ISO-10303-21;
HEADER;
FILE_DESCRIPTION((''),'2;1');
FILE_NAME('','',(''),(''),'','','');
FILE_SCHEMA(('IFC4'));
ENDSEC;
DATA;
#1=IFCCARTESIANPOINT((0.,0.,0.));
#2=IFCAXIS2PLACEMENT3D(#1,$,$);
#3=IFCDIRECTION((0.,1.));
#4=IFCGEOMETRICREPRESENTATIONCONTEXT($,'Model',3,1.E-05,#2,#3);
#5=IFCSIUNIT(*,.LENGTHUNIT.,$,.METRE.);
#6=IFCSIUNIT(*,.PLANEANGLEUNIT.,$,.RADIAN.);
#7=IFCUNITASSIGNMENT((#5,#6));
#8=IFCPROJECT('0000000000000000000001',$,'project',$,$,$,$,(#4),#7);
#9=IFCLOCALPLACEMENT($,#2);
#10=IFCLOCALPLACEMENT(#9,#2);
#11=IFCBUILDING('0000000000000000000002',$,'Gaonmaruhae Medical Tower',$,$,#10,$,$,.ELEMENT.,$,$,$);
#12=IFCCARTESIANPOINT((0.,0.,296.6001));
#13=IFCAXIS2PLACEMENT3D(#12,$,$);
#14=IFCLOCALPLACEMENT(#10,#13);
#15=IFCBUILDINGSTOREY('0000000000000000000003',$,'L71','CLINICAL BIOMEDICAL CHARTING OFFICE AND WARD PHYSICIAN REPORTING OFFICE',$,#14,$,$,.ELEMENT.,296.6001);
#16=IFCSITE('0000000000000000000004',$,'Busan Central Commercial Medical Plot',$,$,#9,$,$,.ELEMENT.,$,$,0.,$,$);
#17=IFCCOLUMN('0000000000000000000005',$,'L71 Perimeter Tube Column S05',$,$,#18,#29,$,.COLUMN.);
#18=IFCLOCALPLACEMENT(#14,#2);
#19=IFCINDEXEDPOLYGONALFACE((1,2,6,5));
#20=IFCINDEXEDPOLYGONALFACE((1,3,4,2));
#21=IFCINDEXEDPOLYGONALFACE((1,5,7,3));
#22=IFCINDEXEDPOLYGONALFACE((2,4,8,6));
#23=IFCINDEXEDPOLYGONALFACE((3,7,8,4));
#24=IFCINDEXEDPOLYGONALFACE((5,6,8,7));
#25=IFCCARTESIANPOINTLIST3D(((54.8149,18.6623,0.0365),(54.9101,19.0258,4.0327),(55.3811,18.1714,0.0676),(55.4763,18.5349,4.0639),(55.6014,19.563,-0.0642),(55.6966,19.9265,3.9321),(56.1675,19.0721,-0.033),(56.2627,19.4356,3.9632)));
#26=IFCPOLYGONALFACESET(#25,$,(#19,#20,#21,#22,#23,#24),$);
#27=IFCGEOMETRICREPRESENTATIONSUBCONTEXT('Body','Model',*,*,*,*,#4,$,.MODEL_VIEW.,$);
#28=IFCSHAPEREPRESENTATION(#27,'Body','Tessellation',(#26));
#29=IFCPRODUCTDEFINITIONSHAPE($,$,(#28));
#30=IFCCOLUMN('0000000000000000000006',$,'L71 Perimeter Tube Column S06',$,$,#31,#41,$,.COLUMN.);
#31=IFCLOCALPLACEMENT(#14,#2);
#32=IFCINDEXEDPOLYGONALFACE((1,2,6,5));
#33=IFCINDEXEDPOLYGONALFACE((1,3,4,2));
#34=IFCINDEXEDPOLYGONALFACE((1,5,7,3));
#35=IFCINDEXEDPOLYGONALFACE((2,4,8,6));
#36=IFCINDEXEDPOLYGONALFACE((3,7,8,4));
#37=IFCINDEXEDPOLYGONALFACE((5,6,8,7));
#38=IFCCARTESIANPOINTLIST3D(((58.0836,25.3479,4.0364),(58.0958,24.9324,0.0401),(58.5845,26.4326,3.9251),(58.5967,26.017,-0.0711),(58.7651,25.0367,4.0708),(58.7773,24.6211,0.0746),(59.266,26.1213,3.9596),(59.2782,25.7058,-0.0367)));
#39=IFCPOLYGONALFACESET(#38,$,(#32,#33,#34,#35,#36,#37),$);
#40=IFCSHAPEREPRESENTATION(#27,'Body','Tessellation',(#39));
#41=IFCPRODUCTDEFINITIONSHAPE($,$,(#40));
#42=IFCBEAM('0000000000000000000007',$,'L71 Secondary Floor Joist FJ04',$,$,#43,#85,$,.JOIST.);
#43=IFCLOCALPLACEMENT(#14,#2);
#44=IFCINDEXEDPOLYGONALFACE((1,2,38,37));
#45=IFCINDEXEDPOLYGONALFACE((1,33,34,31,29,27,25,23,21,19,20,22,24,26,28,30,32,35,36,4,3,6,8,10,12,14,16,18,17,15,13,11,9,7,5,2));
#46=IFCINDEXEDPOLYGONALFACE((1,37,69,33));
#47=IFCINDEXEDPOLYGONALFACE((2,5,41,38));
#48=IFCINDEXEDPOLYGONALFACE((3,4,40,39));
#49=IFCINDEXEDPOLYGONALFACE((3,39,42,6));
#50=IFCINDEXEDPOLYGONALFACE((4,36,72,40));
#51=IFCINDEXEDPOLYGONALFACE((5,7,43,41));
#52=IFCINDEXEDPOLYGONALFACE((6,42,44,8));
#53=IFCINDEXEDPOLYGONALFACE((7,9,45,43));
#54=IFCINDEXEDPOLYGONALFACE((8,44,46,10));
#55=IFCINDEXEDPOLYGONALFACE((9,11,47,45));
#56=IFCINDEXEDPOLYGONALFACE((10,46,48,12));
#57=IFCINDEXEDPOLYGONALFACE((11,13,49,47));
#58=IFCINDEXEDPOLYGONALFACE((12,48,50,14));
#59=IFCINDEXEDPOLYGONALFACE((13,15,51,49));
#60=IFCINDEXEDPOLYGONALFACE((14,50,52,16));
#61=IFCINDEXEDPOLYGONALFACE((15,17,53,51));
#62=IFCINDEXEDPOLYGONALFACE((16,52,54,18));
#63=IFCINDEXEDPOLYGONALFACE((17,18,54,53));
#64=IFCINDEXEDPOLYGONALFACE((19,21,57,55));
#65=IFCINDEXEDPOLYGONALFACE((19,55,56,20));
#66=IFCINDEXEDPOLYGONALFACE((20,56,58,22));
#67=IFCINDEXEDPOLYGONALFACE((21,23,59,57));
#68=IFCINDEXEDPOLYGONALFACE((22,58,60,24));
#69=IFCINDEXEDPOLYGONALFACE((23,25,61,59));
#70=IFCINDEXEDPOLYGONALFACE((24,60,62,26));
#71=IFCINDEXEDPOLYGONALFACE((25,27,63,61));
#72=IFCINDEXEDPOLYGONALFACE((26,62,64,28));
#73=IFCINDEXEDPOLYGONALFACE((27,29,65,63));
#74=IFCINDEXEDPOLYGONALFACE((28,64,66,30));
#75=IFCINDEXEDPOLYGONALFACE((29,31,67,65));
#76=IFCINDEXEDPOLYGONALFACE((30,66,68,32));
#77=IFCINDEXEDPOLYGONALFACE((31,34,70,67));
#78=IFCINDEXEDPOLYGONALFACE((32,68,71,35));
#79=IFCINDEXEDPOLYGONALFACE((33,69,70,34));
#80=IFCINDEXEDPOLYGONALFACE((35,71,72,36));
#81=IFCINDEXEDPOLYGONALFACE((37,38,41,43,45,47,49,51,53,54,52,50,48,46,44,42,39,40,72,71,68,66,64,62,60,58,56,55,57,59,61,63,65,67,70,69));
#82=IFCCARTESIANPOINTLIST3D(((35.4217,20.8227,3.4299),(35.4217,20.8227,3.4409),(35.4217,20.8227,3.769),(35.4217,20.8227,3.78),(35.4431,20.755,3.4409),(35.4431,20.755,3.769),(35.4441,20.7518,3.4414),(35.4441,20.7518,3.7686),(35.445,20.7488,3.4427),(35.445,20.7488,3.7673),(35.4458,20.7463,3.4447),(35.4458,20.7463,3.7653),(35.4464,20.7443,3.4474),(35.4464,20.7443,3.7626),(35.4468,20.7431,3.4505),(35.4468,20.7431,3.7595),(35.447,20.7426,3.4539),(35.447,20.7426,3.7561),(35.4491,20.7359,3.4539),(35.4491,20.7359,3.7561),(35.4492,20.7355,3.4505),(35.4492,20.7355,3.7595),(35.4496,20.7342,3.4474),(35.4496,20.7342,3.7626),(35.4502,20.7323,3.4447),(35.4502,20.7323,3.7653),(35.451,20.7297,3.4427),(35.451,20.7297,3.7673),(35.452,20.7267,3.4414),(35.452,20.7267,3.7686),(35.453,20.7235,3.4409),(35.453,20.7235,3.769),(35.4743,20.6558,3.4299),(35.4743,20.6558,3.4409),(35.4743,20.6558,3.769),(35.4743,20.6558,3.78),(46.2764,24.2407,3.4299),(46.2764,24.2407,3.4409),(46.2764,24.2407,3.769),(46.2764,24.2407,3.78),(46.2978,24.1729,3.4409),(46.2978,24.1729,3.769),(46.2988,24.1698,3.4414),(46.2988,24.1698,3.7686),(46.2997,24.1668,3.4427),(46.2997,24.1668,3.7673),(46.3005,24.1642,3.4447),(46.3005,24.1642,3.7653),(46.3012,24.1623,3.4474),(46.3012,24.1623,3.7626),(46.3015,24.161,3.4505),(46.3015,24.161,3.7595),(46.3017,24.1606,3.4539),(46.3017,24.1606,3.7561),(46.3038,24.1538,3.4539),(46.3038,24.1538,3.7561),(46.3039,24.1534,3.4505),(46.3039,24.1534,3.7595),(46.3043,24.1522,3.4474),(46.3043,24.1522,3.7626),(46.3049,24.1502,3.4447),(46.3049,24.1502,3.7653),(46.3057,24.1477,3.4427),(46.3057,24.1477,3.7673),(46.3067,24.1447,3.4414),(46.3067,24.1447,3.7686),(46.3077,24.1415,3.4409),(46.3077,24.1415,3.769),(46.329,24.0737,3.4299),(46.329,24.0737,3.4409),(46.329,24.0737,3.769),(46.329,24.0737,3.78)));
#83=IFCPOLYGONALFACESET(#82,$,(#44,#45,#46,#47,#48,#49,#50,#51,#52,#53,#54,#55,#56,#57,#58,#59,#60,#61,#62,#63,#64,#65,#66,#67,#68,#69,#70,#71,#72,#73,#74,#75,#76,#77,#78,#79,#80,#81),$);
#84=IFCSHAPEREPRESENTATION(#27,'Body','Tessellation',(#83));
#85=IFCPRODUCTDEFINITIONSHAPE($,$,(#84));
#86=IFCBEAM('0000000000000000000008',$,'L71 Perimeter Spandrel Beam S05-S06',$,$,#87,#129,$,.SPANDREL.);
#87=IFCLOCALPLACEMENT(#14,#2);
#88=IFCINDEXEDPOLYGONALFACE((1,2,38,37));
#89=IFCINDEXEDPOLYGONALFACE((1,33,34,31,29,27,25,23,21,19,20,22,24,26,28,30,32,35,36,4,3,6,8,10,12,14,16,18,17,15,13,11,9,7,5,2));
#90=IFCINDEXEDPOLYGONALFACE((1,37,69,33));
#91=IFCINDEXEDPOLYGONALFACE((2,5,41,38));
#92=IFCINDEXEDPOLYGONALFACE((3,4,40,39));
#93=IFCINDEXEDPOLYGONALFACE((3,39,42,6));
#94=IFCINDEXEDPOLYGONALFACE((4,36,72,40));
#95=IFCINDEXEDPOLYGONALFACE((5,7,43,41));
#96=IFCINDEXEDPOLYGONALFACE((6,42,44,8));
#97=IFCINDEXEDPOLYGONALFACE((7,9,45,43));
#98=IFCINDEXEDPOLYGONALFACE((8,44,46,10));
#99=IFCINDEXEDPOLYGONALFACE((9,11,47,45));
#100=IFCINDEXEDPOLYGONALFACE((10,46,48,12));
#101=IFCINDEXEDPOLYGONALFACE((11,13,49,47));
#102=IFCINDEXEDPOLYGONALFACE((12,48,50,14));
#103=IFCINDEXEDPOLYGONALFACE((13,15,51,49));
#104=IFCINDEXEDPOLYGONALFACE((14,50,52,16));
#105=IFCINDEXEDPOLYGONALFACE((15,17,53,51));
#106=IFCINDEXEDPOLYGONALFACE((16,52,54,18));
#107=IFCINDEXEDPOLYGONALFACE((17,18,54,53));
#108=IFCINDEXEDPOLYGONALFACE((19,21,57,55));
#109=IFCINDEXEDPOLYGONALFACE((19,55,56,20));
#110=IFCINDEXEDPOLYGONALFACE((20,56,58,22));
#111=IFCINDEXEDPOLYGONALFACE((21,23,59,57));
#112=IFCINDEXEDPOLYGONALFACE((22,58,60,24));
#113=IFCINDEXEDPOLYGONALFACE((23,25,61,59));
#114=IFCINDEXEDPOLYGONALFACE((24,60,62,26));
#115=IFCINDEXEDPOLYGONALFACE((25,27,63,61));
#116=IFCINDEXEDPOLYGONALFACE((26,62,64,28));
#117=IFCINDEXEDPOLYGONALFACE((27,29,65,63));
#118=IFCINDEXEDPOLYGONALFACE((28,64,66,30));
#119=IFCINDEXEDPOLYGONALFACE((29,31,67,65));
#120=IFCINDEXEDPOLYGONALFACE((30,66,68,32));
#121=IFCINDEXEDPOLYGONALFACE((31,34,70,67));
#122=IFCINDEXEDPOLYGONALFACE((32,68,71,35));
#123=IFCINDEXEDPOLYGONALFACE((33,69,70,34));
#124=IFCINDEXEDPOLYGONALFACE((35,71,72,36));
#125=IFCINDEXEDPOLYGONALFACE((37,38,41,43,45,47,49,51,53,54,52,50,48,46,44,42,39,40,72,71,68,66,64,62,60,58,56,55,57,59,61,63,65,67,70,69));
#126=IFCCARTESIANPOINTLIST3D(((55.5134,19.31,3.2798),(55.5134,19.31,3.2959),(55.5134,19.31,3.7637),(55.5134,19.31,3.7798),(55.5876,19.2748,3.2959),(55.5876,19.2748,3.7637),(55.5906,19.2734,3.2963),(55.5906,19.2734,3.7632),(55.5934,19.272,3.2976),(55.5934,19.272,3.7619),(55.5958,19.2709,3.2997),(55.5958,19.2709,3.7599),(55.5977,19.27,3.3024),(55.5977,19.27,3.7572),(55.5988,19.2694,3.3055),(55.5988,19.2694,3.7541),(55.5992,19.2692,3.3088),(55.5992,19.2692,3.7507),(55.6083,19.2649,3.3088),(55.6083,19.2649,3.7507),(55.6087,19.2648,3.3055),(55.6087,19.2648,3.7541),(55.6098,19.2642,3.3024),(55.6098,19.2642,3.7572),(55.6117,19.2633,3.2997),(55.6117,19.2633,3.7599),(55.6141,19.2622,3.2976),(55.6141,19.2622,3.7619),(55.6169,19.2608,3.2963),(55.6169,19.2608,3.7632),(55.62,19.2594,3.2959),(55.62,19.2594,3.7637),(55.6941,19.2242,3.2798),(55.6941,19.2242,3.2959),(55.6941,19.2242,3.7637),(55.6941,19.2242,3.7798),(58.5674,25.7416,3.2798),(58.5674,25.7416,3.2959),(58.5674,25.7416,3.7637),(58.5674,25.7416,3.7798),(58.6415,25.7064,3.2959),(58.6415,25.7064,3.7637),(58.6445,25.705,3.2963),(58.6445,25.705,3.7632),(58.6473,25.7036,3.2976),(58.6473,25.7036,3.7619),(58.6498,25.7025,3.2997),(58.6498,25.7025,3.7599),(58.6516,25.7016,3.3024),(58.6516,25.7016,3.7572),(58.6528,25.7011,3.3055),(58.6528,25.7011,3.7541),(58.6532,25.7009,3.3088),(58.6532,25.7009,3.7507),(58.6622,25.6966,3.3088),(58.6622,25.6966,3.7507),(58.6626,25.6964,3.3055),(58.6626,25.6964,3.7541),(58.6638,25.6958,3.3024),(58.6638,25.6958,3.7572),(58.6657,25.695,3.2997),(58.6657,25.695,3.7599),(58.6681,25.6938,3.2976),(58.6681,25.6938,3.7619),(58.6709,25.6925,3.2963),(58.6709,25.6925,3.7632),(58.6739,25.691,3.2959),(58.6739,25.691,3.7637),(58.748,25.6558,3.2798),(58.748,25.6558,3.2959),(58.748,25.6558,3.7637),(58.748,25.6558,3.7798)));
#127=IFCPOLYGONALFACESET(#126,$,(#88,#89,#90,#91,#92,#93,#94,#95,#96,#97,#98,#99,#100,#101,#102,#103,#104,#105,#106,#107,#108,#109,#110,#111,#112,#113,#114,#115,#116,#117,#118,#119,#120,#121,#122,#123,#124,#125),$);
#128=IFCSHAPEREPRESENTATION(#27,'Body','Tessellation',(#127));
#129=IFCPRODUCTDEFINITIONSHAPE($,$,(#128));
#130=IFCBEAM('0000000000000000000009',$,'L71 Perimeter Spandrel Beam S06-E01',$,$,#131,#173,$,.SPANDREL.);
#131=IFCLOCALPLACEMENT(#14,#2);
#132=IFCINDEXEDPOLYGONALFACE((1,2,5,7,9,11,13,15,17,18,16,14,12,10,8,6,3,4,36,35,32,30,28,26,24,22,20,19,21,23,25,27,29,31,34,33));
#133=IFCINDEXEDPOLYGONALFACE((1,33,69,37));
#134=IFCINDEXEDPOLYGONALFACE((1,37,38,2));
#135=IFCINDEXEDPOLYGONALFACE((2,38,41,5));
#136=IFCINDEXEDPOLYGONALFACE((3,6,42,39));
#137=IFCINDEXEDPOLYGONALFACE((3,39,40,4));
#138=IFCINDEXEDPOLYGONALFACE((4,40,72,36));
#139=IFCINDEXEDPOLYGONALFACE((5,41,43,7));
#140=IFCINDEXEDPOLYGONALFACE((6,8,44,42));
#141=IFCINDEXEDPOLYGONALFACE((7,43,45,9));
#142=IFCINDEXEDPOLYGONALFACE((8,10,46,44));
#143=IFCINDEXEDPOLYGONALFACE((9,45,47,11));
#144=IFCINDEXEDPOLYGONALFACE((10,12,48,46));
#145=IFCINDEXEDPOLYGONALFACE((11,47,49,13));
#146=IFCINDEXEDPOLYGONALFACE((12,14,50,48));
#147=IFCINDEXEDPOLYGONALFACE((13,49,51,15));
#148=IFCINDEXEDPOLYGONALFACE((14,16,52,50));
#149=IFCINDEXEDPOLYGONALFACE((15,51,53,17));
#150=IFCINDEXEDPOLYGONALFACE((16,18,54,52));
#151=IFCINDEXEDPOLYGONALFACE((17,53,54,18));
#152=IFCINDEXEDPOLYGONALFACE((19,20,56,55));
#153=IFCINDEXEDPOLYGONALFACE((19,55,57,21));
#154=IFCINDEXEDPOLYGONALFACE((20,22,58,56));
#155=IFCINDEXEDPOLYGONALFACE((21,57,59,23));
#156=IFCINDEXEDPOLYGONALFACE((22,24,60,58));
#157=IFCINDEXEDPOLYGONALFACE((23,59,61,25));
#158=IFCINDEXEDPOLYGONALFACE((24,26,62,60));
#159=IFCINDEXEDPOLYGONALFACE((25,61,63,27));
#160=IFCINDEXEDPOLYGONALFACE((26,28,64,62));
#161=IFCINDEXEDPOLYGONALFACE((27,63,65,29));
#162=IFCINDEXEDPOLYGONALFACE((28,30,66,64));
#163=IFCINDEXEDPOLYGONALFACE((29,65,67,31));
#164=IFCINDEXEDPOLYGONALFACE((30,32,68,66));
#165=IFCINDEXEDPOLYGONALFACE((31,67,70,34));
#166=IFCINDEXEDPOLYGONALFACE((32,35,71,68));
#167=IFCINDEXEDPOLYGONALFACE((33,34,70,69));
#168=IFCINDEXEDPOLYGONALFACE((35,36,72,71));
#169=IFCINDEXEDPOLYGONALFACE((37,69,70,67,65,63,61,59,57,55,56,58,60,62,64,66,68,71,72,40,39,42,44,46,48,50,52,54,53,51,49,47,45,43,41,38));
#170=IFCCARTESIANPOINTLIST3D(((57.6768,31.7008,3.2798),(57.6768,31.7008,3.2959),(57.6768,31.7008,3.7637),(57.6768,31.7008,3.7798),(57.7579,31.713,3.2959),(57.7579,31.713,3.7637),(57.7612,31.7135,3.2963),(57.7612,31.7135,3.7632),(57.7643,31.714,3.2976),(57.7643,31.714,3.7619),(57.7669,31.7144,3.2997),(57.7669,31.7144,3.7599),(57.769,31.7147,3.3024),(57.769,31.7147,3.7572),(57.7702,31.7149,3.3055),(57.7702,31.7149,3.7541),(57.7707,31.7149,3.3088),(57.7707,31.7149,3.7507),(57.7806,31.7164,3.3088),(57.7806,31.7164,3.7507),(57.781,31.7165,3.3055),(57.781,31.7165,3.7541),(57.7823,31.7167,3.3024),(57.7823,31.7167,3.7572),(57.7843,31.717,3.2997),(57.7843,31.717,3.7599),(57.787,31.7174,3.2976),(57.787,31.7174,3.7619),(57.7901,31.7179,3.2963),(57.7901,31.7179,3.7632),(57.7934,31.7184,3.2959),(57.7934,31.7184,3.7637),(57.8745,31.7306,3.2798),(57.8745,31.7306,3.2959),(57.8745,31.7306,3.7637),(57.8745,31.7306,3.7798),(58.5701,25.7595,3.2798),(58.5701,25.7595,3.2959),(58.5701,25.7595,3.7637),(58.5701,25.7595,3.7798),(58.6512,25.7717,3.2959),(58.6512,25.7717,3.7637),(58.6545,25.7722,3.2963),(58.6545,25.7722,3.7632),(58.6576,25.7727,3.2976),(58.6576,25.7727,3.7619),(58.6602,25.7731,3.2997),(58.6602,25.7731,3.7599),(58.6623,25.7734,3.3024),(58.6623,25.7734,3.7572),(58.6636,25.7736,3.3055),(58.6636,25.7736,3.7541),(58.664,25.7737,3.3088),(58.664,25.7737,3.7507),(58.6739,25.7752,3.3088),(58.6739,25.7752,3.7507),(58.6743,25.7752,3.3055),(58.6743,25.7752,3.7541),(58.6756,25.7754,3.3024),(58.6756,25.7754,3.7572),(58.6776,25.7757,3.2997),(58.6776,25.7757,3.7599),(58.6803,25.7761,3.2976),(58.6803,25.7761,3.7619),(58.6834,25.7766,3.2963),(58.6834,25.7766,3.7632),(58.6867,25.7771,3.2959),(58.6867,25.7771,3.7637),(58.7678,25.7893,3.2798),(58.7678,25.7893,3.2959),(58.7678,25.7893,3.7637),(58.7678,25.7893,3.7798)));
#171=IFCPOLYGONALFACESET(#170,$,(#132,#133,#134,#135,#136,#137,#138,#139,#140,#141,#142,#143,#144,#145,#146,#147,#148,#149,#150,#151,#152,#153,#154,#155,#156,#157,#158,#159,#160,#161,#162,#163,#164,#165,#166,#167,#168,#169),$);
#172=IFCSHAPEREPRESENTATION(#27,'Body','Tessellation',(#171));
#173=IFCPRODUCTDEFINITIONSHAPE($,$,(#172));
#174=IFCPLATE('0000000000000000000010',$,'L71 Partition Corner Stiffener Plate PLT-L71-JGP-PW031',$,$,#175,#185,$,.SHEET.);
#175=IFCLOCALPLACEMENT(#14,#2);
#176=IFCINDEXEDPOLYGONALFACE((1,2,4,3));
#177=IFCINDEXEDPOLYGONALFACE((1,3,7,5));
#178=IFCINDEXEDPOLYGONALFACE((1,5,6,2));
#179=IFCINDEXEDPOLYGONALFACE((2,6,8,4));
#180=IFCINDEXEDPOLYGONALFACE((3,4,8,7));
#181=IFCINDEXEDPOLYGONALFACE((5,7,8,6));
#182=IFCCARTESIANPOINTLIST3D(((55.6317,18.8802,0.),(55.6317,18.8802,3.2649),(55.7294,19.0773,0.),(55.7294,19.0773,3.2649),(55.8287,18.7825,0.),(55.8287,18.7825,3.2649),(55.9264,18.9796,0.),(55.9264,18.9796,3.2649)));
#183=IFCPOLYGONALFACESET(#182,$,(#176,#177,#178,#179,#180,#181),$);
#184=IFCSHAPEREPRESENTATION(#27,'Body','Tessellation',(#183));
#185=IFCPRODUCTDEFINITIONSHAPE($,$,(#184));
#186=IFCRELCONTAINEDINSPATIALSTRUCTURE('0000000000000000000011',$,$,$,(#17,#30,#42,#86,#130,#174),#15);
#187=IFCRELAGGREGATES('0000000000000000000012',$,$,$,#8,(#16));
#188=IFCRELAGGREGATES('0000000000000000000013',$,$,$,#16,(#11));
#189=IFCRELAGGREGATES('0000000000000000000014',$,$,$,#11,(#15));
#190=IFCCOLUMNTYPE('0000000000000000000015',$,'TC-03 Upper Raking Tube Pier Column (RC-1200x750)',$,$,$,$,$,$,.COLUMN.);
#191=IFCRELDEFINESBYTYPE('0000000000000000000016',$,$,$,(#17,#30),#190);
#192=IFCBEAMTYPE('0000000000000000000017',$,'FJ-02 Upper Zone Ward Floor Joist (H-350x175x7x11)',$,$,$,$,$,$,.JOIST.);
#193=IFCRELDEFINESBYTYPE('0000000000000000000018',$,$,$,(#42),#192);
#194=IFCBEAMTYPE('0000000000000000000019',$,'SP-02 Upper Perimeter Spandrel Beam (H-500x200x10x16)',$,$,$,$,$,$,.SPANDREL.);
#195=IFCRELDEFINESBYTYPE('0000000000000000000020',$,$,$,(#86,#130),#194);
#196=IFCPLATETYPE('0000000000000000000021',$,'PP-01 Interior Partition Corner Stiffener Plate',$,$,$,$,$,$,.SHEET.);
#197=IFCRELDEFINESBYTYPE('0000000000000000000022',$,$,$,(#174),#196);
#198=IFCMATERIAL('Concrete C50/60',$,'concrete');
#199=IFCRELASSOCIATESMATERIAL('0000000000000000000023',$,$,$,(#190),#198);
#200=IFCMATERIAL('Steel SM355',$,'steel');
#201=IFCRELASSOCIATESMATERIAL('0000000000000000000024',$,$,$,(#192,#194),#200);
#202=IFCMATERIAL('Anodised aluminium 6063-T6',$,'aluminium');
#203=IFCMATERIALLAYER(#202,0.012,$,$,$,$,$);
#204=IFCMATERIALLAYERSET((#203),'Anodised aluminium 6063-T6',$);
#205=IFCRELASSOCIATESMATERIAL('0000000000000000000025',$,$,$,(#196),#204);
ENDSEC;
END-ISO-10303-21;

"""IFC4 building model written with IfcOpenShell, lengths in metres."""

from ifc_helpers import new_model, si_unit, direction, frame, origin, origin_2d, place, context, subcontext, project, spatial, rectangle, i_section, extrude, material, layer, layer_set, material_profile, profile_set, type_object, element, save


model = new_model("IFC4")

# Units and contexts
model_context = context("Model", 3, precision=1e-05, world=origin(), true_north=direction((0.0, 1.0)))
body_context = subcontext(model_context, "Body", "Model", "MODEL_VIEW")
ifc_project = project(units=[si_unit("LENGTHUNIT", "METRE"), si_unit("PLANEANGLEUNIT", "RADIAN")], contexts=[model_context])

# Site, building, storey
site_placement = place(None, origin())
site = spatial("IfcSite", under=ifc_project, at=site_placement, Name="Busan Central Commercial Medical Plot", CompositionType="ELEMENT", RefElevation=0.0)
building_placement = place(site_placement, origin())
building = spatial("IfcBuilding", under=site, at=building_placement, Name="Gaonmaruhae Medical Tower", CompositionType="ELEMENT")
storey_placement = place(building_placement, frame((0.0, 0.0, 296.6001)))
storey = spatial("IfcBuildingStorey", under=building, at=storey_placement, Name="L71", Description="CLINICAL BIOMEDICAL CHARTING OFFICE AND WARD PHYSICIAN REPORTING OFFICE", CompositionType="ELEMENT", Elevation=296.6001)

# Columns
ifc_material_1 = material(Name="Concrete C50/60", Category="concrete")
ifc_material_profile_1 = material_profile(ifc_material_1, rectangle(XDim=1.2, YDim=0.75, at=origin_2d()), Name="RC-1200x750")
ifc_profile_set_1 = profile_set([ifc_material_profile_1], Name="Concrete C50/60")
column_type = type_object("IfcColumnType", Name="TC-03 Upper Raking Tube Pier Column (RC-1200x750)", PredefinedType="COLUMN", material=ifc_profile_set_1)
column_1_placement = place(storey_placement, frame((55.4912, 18.8672, 0.0017), z_axis=(0.023721, 0.090565, 0.995608), x_axis=(-0.655421, -0.75059, 0.083893)))
element("IfcColumn", 1, at=column_1_placement, inside=storey, type_object=column_type, Name="L71 Perimeter Tube Column S05", PredefinedType="COLUMN", context=body_context, shape_type="SweptSolid", body=[
    extrude(rectangle(XDim=1.2, YDim=0.75, at=origin_2d()), origin(), (0.0, 0.0, 1.0), 4.0139),
])
column_2_placement = place(storey_placement, frame((58.687, 25.3191, 0.0017), z_axis=(-0.003038, 0.103419, 0.994633), x_axis=(-0.41749, -0.903939, 0.092714)))
element("IfcColumn", 2, at=column_2_placement, inside=storey, type_object=column_type, Name="L71 Perimeter Tube Column S06", PredefinedType="COLUMN", context=body_context, shape_type="SweptSolid", body=[
    extrude(rectangle(XDim=1.2, YDim=0.75, at=origin_2d()), origin(), (0.0, 0.0, 1.0), 4.0178),
])

# Beams
ifc_material_2 = material(Name="Steel SM355", Category="steel")
ifc_material_profile_2 = material_profile(ifc_material_2, i_section(OverallWidth=0.175, OverallDepth=0.3501, WebThickness=0.0071, FlangeThickness=0.011, FilletRadius=0.0129, at=origin_2d()), Name="H-350x175x7x11")
ifc_profile_set_2 = profile_set([ifc_material_profile_2], Name="Steel SM355")
beam_type_1 = type_object("IfcBeamType", Name="FJ-02 Upper Zone Ward Floor Joist (H-350x175x7x11)", PredefinedType="JOIST", material=ifc_profile_set_2)
beam_1_placement = place(storey_placement, frame((46.3027, 24.1572, 3.605), z_axis=(-0.953831, -0.300345, 0.0), x_axis=(0.300345, -0.953831, 0.0)))
element("IfcBeam", 3, at=beam_1_placement, inside=storey, type_object=beam_type_1, Name="L71 Secondary Floor Joist FJ04", PredefinedType="JOIST", context=body_context, shape_type="SweptSolid", body=[
    extrude(i_section(OverallWidth=0.175, OverallDepth=0.3501, WebThickness=0.0071, FlangeThickness=0.011, FilletRadius=0.0129, at=origin_2d()), origin(), (0.0, 0.0, 1.0), 11.3801),
])
ifc_material_profile_3 = material_profile(ifc_material_2, i_section(OverallWidth=0.2, OverallDepth=0.5, WebThickness=0.01, FlangeThickness=0.0161, FilletRadius=0.0129, at=origin_2d()), Name="H-500x200x10x16")
ifc_profile_set_3 = profile_set([ifc_material_profile_3], Name="Steel SM355")
beam_type_2 = type_object("IfcBeamType", Name="SP-02 Upper Perimeter Spandrel Beam (H-500x200x10x16)", PredefinedType="SPANDREL", material=ifc_profile_set_3)
beam_2_placement = place(storey_placement, frame((55.6038, 19.2671, 3.5298), z_axis=(0.428934, 0.903336, 0.0), x_axis=(-0.903336, 0.428934, 0.0)))
element("IfcBeam", 4, at=beam_2_placement, inside=storey, type_object=beam_type_2, Name="L71 Perimeter Spandrel Beam S05-S06", PredefinedType="SPANDREL", context=body_context, shape_type="SweptSolid", body=[
    extrude(i_section(OverallWidth=0.2, OverallDepth=0.5, WebThickness=0.01, FlangeThickness=0.0161, FilletRadius=0.0129, at=origin_2d()), origin(), (0.0, 0.0, 1.0), 7.1199),
])
beam_3_placement = place(storey_placement, frame((58.6689, 25.7744, 3.5298), z_axis=(-0.148688, 0.988884, 0.0), x_axis=(-0.988884, -0.148688, 0.0)))
element("IfcBeam", 5, at=beam_3_placement, inside=storey, type_object=beam_type_2, Name="L71 Perimeter Spandrel Beam S06-E01", PredefinedType="SPANDREL", context=body_context, shape_type="SweptSolid", body=[
    extrude(i_section(OverallWidth=0.2, OverallDepth=0.5, WebThickness=0.01, FlangeThickness=0.0161, FilletRadius=0.0129, at=origin_2d()), origin(), (0.0, 0.0, 1.0), 6.0081),
])

# Plate
ifc_material_3 = material(Name="Anodised aluminium 6063-T6", Category="aluminium")
ifc_layer_1 = layer(ifc_material_3, 0.012)
ifc_layer_set_1 = layer_set([ifc_layer_1], Name="Anodised aluminium 6063-T6")
plate_type = type_object("IfcPlateType", Name="PP-01 Interior Partition Corner Stiffener Plate", PredefinedType="SHEET", material=ifc_layer_set_1)
plate_placement = place(storey_placement, frame((55.7791, 18.9299, 0.0), z_axis=(0.0, 0.0, 1.0), x_axis=(-0.444182, -0.895937, 0.0)))
element("IfcPlate", 6, at=plate_placement, inside=storey, type_object=plate_type, Name="L71 Partition Corner Stiffener Plate PLT-L71-JGP-PW031", PredefinedType="SHEET", context=body_context, shape_type="SweptSolid", body=[
    extrude(rectangle(XDim=0.22, YDim=0.22, at=origin_2d()), origin(), (0.0, 0.0, 1.0), 3.2649),
])

save(model, "model.ifc")
